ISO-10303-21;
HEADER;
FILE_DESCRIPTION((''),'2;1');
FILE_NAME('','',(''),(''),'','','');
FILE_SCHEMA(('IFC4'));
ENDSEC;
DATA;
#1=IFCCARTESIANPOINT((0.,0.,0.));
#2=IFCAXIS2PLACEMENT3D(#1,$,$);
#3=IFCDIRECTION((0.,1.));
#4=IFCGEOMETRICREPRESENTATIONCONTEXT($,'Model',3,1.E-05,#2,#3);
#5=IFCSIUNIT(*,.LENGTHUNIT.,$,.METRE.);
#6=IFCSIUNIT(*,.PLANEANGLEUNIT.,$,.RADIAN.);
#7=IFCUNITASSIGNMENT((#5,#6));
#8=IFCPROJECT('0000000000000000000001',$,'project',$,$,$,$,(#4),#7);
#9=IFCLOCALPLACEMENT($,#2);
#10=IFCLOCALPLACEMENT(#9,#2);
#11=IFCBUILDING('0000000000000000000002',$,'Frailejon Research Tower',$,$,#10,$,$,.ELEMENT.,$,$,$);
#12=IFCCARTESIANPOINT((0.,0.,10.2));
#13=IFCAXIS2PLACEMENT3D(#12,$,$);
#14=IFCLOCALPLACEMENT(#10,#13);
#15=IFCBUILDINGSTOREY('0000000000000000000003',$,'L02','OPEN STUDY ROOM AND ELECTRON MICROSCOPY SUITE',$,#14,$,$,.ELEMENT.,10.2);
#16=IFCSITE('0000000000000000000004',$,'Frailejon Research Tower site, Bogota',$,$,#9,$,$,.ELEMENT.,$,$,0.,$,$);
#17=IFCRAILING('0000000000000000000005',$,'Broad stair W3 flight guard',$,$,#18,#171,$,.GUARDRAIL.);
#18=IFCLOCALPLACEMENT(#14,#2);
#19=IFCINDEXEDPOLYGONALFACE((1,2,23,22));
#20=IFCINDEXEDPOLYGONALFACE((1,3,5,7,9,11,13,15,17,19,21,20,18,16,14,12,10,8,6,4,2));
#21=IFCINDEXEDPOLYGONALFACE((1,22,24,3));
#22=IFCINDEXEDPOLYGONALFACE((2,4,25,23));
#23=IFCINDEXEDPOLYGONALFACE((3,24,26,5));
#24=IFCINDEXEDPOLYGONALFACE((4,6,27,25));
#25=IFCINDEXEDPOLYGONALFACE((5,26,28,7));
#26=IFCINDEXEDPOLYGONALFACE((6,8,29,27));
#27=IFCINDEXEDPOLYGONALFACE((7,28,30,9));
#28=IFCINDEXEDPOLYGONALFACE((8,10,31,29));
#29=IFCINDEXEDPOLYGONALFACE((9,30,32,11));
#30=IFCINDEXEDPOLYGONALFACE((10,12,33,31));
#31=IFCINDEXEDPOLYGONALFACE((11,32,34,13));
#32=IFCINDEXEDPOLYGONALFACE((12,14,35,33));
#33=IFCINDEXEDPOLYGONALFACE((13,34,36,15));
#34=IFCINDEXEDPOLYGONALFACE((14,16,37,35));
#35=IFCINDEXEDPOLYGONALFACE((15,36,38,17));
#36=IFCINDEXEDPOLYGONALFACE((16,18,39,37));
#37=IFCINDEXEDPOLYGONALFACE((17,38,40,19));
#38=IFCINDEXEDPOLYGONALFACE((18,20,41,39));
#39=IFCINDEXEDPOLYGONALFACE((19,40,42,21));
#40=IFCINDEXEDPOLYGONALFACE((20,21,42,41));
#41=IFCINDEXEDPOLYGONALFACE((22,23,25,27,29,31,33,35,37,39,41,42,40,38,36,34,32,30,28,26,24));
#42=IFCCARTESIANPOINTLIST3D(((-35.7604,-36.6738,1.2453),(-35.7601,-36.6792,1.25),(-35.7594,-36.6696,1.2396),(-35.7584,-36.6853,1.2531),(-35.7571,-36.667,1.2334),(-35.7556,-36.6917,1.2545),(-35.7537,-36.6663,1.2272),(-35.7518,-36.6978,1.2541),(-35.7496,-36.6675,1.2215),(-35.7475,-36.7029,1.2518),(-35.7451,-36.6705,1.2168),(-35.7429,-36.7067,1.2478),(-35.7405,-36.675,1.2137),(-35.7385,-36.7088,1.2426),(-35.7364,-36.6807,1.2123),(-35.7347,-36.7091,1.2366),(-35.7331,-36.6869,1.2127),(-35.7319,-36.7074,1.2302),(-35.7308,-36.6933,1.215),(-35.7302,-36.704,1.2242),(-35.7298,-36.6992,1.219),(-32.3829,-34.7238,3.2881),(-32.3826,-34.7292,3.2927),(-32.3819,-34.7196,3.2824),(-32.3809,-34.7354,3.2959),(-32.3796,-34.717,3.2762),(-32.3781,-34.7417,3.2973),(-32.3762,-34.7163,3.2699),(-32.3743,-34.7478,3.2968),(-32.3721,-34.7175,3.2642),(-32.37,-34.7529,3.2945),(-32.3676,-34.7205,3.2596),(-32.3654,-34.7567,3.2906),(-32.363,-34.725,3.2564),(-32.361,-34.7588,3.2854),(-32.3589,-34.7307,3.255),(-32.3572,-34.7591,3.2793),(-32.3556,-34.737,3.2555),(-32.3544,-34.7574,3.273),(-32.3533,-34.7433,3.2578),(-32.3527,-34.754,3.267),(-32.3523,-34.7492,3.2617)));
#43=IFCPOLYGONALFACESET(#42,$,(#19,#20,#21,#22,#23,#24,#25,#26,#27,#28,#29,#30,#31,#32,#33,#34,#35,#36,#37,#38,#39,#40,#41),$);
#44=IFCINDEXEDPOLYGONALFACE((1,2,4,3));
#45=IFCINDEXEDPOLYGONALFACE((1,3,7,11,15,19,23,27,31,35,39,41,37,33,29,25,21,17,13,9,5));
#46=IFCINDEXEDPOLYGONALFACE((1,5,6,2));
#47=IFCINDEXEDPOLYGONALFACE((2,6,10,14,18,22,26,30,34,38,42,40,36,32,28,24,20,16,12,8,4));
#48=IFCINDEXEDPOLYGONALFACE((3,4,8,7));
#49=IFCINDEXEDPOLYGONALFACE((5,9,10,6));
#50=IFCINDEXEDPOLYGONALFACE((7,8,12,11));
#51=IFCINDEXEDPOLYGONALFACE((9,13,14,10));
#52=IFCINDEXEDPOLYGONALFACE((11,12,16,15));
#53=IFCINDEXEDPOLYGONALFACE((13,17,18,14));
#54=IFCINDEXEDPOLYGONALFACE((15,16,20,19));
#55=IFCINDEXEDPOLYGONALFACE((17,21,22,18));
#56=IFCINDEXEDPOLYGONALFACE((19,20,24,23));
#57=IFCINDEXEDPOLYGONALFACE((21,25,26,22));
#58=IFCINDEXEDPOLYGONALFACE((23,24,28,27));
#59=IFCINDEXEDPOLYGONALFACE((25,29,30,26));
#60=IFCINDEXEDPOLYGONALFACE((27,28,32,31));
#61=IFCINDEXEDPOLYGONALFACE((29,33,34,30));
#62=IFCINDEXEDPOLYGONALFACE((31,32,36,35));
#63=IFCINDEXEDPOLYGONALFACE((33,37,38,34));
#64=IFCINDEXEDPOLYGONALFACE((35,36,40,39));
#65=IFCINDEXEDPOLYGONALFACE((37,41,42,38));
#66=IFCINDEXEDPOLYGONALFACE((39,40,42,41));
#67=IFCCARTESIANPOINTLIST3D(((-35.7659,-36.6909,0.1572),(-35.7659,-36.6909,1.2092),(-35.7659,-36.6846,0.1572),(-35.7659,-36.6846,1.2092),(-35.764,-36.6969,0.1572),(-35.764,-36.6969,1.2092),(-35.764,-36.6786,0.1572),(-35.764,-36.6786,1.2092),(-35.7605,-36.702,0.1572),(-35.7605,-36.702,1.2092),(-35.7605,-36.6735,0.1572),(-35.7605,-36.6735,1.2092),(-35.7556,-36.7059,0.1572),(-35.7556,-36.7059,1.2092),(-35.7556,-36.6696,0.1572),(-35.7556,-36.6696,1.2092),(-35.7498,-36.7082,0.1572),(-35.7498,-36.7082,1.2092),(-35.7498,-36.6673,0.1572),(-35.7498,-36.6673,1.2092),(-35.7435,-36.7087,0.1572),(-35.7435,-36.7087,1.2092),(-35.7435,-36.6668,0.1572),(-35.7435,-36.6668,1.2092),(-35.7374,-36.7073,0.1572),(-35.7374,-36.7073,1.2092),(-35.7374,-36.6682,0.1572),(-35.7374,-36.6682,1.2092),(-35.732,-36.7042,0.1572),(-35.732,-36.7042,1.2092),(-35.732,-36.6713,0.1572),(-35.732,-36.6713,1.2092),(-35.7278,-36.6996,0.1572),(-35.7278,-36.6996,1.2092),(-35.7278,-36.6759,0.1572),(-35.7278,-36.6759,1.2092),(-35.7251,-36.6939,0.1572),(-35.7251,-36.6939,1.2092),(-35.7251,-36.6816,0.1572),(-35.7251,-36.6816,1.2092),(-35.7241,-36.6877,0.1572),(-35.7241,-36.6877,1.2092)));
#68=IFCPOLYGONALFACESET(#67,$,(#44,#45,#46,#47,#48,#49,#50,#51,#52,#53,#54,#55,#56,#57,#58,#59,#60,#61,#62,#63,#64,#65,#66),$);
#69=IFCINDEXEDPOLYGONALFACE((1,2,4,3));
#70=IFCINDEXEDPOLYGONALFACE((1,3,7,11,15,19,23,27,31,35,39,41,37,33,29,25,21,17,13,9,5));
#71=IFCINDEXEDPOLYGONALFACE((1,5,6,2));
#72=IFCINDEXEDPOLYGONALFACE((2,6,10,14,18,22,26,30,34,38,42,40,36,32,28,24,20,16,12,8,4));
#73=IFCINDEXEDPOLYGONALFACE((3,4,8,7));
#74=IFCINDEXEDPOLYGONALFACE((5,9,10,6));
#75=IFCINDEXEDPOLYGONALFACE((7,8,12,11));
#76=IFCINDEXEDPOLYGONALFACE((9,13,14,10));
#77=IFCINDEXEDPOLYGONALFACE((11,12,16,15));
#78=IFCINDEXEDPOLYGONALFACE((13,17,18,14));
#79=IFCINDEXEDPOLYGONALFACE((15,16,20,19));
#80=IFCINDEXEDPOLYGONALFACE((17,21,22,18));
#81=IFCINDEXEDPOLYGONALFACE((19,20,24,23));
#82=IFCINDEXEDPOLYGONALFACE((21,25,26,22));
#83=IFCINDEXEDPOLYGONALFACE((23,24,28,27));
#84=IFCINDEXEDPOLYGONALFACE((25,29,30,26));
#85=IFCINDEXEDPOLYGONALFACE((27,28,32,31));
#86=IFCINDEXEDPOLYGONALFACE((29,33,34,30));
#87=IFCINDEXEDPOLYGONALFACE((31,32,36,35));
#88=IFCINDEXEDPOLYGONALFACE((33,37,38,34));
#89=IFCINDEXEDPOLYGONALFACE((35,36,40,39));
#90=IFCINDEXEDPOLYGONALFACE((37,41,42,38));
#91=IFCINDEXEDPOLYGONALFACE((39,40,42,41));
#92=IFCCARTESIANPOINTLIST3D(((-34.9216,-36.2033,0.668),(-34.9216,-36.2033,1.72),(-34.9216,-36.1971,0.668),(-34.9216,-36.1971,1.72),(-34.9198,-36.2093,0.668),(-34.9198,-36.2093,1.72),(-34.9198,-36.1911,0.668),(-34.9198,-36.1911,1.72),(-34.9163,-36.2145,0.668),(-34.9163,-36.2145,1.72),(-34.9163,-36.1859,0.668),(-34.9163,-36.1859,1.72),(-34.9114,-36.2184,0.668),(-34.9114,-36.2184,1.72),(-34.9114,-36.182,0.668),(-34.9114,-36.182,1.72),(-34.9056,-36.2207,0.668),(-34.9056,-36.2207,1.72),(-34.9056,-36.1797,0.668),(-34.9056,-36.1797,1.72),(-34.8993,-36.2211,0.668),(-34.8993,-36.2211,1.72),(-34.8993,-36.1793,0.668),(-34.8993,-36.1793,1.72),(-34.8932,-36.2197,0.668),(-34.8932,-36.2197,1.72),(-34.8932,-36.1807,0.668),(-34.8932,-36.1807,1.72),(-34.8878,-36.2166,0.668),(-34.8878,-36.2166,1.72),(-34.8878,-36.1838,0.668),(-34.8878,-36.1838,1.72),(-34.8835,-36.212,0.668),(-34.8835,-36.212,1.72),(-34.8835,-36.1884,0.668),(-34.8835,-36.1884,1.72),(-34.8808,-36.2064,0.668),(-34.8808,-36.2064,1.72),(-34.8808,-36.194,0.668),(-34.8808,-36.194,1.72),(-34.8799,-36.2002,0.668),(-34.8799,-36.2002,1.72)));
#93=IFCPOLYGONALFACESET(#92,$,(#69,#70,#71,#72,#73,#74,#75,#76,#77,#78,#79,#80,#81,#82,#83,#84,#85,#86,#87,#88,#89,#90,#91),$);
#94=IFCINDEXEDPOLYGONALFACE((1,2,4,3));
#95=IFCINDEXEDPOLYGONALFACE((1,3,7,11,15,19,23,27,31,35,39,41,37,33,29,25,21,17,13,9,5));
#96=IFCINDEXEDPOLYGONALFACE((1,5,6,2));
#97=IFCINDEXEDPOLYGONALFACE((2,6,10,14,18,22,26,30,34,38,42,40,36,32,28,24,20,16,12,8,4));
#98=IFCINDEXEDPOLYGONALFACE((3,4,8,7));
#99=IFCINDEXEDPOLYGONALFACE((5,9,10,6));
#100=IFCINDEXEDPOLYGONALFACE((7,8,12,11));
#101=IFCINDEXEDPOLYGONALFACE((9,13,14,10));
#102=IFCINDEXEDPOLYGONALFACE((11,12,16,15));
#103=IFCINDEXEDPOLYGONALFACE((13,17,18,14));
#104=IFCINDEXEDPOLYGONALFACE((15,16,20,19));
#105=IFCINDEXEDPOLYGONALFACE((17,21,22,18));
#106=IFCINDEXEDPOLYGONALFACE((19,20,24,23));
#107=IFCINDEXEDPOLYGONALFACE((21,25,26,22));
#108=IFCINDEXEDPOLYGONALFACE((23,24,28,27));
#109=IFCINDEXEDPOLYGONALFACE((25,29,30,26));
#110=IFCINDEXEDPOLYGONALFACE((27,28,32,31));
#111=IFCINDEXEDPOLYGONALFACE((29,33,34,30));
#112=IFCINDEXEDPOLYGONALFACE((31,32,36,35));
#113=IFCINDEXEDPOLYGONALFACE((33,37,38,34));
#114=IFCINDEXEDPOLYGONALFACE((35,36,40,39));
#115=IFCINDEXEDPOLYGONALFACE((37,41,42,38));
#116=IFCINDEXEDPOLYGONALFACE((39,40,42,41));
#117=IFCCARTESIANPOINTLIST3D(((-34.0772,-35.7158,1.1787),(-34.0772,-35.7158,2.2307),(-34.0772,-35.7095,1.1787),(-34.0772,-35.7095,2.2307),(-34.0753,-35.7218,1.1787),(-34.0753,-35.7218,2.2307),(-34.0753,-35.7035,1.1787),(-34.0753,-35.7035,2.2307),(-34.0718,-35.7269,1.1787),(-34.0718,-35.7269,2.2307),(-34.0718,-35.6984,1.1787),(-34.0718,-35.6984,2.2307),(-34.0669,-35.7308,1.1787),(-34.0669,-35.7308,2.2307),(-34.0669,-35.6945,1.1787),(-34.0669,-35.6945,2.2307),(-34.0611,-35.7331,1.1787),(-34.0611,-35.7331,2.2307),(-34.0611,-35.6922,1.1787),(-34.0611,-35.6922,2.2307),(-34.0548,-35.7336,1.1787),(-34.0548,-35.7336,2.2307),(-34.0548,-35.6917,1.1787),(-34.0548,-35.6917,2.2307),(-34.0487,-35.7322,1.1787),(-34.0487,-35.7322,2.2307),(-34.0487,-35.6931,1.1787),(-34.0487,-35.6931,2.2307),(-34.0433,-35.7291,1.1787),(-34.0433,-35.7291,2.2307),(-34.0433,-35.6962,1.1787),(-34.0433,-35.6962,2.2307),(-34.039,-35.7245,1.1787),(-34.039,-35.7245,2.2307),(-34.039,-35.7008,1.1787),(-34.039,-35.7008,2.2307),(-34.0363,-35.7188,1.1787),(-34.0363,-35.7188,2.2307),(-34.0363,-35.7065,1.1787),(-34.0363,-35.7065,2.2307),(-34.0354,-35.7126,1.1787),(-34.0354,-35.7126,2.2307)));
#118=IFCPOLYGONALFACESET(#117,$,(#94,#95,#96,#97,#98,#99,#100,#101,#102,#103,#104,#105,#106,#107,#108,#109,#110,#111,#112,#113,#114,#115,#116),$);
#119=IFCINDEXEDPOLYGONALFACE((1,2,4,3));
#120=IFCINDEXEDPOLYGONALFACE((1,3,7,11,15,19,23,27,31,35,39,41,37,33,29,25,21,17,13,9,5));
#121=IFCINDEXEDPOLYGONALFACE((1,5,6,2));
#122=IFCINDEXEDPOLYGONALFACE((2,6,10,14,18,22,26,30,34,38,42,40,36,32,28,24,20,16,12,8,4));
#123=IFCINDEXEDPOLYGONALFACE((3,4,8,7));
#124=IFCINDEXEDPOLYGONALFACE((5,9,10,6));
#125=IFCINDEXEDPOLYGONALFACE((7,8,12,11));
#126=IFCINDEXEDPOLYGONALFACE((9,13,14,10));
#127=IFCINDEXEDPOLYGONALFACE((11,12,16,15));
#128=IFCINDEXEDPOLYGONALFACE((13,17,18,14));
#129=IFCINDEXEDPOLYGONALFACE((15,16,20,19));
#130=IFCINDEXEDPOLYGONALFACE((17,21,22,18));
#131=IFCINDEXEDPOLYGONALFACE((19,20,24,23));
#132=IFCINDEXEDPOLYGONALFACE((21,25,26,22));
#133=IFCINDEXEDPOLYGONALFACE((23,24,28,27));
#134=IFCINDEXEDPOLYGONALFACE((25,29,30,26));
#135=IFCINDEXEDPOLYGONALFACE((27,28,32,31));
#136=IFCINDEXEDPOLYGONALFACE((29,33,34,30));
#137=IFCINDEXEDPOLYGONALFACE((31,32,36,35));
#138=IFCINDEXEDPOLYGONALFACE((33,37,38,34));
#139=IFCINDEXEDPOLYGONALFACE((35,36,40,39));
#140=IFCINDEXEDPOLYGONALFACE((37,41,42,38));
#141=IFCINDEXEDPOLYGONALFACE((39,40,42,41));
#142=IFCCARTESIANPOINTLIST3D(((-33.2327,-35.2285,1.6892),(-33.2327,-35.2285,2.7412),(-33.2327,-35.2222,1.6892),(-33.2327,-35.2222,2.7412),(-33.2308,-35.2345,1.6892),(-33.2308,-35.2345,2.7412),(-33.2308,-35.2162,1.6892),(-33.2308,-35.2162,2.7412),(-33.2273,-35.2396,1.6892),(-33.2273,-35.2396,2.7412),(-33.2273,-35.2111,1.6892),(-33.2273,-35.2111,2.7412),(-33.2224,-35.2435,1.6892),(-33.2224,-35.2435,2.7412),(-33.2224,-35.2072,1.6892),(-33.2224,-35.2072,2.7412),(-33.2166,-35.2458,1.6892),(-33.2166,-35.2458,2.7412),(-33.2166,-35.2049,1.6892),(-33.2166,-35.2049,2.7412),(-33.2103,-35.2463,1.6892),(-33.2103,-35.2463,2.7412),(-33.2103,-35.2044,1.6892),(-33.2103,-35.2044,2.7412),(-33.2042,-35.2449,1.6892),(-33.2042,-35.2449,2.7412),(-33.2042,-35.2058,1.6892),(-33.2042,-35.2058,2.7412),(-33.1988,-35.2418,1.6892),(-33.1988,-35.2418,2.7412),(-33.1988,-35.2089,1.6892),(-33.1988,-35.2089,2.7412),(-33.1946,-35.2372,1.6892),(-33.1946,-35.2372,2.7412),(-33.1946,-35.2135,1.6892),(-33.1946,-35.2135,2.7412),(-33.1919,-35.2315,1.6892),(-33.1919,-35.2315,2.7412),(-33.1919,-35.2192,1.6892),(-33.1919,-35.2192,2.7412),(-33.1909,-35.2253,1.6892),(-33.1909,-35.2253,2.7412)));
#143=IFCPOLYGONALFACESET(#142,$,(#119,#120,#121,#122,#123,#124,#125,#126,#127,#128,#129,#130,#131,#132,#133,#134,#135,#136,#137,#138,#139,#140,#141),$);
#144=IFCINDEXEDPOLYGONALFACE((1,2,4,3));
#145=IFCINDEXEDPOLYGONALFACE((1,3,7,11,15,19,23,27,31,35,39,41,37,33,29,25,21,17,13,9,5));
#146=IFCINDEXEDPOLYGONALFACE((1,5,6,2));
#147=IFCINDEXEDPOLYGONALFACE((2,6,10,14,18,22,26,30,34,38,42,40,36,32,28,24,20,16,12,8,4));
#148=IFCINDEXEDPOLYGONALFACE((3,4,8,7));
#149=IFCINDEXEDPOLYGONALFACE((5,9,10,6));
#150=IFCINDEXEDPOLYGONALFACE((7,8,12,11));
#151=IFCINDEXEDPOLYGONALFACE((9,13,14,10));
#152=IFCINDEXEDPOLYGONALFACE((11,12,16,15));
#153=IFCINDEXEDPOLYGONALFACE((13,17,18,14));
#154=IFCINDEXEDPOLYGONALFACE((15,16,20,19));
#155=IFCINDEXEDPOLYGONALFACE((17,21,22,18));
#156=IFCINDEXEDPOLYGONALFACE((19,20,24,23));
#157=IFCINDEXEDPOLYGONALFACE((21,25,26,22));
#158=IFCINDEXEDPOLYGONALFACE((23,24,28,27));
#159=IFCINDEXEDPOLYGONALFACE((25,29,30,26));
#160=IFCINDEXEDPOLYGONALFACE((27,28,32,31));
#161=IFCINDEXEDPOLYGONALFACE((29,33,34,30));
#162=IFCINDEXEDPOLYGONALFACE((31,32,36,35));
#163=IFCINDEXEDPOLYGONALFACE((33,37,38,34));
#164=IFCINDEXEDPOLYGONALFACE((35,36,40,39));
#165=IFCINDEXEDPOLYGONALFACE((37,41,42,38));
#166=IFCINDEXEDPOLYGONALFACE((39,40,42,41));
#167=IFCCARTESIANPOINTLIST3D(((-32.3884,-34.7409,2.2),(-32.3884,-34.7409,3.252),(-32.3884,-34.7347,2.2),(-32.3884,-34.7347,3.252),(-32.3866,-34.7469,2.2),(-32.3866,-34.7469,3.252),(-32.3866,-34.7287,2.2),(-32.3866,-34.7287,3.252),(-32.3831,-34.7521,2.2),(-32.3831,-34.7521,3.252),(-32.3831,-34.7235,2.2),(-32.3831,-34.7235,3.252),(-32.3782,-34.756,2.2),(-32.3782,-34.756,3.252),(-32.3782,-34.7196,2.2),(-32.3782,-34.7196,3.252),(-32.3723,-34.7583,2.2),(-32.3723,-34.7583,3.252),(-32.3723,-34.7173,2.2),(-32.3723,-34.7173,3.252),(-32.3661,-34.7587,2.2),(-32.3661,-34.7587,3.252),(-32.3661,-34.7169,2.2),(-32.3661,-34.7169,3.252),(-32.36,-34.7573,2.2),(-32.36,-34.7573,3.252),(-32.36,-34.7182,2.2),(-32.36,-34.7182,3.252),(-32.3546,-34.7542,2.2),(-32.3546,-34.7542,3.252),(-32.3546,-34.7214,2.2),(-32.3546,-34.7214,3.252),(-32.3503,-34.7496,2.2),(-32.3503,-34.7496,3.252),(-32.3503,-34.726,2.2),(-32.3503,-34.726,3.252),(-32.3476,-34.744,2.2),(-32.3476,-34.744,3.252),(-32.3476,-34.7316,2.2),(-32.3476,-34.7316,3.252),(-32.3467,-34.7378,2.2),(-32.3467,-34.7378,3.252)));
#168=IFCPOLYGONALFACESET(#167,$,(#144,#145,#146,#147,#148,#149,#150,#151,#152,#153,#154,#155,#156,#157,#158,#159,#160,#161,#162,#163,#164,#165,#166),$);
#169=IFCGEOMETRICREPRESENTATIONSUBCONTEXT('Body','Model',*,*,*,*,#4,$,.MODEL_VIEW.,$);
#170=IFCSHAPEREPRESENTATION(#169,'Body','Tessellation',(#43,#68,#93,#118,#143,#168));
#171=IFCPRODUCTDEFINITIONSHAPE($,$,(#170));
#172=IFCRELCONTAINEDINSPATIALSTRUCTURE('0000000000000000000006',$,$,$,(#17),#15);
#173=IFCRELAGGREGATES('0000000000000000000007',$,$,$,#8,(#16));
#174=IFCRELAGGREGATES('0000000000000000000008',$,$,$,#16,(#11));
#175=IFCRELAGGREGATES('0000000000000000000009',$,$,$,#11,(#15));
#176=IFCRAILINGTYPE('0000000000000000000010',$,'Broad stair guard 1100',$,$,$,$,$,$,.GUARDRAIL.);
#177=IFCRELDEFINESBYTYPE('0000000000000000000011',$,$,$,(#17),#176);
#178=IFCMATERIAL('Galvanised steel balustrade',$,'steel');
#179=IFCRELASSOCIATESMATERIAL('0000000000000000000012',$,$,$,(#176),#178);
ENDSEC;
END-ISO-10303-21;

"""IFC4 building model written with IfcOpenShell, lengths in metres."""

from ifc_helpers import new_model, si_unit, direction, frame, origin, origin_2d, place, context, subcontext, project, spatial, circle, extrude, material, type_object, element, save


model = new_model("IFC4")

# Units and contexts
model_context = context("Model", 3, precision=1e-05, world=origin(), true_north=direction((0.0, 1.0)))
body_context = subcontext(model_context, "Body", "Model", "MODEL_VIEW")
ifc_project = project(units=[si_unit("LENGTHUNIT", "METRE"), si_unit("PLANEANGLEUNIT", "RADIAN")], contexts=[model_context])

# Site, building, storey
site_placement = place(None, origin())
site = spatial("IfcSite", under=ifc_project, at=site_placement, Name="Frailejon Research Tower site, Bogota", CompositionType="ELEMENT", RefElevation=0.0)
building_placement = place(site_placement, origin())
building = spatial("IfcBuilding", under=site, at=building_placement, Name="Frailejon Research Tower", CompositionType="ELEMENT")
storey_placement = place(building_placement, frame((0.0, 0.0, 10.2)))
storey = spatial("IfcBuildingStorey", under=building, at=storey_placement, Name="L02", Description="OPEN STUDY ROOM AND ELECTRON MICROSCOPY SUITE", CompositionType="ELEMENT", Elevation=10.2)

# Railing
ifc_material_1 = material(Name="Galvanised steel balustrade", Category="steel")
railing_type_1 = type_object("IfcRailingType", Name="Broad stair guard 1100", PredefinedType="GUARDRAIL", material=ifc_material_1)
for number, where, name in (
    (1, (-35.7451, -36.6877, 0.1572), "Broad stair W3 flight guard"),
):
    element("IfcRailing", number, at=place(storey_placement, frame(where)), inside=storey, type_object=railing_type_1, Name=name, PredefinedType="GUARDRAIL", context=body_context, shape_type="SweptSolid", body=[
        extrude(circle(Radius=0.0239, at=origin_2d()), frame((0.0, 0.0, 1.0762), z_axis=(0.767162, 0.442917, 0.46399), x_axis=(-0.499997, 0.866027, 0.0)), (0.0, 0.0, 1.0), 4.4026),
        extrude(circle(Radius=0.021, at=origin_2d()), origin(), (0.0, 0.0, 1.0), 1.052),
        extrude(circle(Radius=0.021, at=origin_2d()), frame((0.8442, 0.4875, 0.5107)), (0.0, 0.0, 1.0), 1.052),
        extrude(circle(Radius=0.021, at=origin_2d()), frame((1.6887, 0.9751, 1.0215)), (0.0, 0.0, 1.0), 1.052),
        extrude(circle(Radius=0.021, at=origin_2d()), frame((2.5332, 1.4624, 1.532)), (0.0, 0.0, 1.0), 1.052),
        extrude(circle(Radius=0.021, at=origin_2d()), frame((3.3774, 1.95, 2.0427)), (0.0, 0.0, 1.0), 1.052),
    ])

save(model, "model.ifc")
